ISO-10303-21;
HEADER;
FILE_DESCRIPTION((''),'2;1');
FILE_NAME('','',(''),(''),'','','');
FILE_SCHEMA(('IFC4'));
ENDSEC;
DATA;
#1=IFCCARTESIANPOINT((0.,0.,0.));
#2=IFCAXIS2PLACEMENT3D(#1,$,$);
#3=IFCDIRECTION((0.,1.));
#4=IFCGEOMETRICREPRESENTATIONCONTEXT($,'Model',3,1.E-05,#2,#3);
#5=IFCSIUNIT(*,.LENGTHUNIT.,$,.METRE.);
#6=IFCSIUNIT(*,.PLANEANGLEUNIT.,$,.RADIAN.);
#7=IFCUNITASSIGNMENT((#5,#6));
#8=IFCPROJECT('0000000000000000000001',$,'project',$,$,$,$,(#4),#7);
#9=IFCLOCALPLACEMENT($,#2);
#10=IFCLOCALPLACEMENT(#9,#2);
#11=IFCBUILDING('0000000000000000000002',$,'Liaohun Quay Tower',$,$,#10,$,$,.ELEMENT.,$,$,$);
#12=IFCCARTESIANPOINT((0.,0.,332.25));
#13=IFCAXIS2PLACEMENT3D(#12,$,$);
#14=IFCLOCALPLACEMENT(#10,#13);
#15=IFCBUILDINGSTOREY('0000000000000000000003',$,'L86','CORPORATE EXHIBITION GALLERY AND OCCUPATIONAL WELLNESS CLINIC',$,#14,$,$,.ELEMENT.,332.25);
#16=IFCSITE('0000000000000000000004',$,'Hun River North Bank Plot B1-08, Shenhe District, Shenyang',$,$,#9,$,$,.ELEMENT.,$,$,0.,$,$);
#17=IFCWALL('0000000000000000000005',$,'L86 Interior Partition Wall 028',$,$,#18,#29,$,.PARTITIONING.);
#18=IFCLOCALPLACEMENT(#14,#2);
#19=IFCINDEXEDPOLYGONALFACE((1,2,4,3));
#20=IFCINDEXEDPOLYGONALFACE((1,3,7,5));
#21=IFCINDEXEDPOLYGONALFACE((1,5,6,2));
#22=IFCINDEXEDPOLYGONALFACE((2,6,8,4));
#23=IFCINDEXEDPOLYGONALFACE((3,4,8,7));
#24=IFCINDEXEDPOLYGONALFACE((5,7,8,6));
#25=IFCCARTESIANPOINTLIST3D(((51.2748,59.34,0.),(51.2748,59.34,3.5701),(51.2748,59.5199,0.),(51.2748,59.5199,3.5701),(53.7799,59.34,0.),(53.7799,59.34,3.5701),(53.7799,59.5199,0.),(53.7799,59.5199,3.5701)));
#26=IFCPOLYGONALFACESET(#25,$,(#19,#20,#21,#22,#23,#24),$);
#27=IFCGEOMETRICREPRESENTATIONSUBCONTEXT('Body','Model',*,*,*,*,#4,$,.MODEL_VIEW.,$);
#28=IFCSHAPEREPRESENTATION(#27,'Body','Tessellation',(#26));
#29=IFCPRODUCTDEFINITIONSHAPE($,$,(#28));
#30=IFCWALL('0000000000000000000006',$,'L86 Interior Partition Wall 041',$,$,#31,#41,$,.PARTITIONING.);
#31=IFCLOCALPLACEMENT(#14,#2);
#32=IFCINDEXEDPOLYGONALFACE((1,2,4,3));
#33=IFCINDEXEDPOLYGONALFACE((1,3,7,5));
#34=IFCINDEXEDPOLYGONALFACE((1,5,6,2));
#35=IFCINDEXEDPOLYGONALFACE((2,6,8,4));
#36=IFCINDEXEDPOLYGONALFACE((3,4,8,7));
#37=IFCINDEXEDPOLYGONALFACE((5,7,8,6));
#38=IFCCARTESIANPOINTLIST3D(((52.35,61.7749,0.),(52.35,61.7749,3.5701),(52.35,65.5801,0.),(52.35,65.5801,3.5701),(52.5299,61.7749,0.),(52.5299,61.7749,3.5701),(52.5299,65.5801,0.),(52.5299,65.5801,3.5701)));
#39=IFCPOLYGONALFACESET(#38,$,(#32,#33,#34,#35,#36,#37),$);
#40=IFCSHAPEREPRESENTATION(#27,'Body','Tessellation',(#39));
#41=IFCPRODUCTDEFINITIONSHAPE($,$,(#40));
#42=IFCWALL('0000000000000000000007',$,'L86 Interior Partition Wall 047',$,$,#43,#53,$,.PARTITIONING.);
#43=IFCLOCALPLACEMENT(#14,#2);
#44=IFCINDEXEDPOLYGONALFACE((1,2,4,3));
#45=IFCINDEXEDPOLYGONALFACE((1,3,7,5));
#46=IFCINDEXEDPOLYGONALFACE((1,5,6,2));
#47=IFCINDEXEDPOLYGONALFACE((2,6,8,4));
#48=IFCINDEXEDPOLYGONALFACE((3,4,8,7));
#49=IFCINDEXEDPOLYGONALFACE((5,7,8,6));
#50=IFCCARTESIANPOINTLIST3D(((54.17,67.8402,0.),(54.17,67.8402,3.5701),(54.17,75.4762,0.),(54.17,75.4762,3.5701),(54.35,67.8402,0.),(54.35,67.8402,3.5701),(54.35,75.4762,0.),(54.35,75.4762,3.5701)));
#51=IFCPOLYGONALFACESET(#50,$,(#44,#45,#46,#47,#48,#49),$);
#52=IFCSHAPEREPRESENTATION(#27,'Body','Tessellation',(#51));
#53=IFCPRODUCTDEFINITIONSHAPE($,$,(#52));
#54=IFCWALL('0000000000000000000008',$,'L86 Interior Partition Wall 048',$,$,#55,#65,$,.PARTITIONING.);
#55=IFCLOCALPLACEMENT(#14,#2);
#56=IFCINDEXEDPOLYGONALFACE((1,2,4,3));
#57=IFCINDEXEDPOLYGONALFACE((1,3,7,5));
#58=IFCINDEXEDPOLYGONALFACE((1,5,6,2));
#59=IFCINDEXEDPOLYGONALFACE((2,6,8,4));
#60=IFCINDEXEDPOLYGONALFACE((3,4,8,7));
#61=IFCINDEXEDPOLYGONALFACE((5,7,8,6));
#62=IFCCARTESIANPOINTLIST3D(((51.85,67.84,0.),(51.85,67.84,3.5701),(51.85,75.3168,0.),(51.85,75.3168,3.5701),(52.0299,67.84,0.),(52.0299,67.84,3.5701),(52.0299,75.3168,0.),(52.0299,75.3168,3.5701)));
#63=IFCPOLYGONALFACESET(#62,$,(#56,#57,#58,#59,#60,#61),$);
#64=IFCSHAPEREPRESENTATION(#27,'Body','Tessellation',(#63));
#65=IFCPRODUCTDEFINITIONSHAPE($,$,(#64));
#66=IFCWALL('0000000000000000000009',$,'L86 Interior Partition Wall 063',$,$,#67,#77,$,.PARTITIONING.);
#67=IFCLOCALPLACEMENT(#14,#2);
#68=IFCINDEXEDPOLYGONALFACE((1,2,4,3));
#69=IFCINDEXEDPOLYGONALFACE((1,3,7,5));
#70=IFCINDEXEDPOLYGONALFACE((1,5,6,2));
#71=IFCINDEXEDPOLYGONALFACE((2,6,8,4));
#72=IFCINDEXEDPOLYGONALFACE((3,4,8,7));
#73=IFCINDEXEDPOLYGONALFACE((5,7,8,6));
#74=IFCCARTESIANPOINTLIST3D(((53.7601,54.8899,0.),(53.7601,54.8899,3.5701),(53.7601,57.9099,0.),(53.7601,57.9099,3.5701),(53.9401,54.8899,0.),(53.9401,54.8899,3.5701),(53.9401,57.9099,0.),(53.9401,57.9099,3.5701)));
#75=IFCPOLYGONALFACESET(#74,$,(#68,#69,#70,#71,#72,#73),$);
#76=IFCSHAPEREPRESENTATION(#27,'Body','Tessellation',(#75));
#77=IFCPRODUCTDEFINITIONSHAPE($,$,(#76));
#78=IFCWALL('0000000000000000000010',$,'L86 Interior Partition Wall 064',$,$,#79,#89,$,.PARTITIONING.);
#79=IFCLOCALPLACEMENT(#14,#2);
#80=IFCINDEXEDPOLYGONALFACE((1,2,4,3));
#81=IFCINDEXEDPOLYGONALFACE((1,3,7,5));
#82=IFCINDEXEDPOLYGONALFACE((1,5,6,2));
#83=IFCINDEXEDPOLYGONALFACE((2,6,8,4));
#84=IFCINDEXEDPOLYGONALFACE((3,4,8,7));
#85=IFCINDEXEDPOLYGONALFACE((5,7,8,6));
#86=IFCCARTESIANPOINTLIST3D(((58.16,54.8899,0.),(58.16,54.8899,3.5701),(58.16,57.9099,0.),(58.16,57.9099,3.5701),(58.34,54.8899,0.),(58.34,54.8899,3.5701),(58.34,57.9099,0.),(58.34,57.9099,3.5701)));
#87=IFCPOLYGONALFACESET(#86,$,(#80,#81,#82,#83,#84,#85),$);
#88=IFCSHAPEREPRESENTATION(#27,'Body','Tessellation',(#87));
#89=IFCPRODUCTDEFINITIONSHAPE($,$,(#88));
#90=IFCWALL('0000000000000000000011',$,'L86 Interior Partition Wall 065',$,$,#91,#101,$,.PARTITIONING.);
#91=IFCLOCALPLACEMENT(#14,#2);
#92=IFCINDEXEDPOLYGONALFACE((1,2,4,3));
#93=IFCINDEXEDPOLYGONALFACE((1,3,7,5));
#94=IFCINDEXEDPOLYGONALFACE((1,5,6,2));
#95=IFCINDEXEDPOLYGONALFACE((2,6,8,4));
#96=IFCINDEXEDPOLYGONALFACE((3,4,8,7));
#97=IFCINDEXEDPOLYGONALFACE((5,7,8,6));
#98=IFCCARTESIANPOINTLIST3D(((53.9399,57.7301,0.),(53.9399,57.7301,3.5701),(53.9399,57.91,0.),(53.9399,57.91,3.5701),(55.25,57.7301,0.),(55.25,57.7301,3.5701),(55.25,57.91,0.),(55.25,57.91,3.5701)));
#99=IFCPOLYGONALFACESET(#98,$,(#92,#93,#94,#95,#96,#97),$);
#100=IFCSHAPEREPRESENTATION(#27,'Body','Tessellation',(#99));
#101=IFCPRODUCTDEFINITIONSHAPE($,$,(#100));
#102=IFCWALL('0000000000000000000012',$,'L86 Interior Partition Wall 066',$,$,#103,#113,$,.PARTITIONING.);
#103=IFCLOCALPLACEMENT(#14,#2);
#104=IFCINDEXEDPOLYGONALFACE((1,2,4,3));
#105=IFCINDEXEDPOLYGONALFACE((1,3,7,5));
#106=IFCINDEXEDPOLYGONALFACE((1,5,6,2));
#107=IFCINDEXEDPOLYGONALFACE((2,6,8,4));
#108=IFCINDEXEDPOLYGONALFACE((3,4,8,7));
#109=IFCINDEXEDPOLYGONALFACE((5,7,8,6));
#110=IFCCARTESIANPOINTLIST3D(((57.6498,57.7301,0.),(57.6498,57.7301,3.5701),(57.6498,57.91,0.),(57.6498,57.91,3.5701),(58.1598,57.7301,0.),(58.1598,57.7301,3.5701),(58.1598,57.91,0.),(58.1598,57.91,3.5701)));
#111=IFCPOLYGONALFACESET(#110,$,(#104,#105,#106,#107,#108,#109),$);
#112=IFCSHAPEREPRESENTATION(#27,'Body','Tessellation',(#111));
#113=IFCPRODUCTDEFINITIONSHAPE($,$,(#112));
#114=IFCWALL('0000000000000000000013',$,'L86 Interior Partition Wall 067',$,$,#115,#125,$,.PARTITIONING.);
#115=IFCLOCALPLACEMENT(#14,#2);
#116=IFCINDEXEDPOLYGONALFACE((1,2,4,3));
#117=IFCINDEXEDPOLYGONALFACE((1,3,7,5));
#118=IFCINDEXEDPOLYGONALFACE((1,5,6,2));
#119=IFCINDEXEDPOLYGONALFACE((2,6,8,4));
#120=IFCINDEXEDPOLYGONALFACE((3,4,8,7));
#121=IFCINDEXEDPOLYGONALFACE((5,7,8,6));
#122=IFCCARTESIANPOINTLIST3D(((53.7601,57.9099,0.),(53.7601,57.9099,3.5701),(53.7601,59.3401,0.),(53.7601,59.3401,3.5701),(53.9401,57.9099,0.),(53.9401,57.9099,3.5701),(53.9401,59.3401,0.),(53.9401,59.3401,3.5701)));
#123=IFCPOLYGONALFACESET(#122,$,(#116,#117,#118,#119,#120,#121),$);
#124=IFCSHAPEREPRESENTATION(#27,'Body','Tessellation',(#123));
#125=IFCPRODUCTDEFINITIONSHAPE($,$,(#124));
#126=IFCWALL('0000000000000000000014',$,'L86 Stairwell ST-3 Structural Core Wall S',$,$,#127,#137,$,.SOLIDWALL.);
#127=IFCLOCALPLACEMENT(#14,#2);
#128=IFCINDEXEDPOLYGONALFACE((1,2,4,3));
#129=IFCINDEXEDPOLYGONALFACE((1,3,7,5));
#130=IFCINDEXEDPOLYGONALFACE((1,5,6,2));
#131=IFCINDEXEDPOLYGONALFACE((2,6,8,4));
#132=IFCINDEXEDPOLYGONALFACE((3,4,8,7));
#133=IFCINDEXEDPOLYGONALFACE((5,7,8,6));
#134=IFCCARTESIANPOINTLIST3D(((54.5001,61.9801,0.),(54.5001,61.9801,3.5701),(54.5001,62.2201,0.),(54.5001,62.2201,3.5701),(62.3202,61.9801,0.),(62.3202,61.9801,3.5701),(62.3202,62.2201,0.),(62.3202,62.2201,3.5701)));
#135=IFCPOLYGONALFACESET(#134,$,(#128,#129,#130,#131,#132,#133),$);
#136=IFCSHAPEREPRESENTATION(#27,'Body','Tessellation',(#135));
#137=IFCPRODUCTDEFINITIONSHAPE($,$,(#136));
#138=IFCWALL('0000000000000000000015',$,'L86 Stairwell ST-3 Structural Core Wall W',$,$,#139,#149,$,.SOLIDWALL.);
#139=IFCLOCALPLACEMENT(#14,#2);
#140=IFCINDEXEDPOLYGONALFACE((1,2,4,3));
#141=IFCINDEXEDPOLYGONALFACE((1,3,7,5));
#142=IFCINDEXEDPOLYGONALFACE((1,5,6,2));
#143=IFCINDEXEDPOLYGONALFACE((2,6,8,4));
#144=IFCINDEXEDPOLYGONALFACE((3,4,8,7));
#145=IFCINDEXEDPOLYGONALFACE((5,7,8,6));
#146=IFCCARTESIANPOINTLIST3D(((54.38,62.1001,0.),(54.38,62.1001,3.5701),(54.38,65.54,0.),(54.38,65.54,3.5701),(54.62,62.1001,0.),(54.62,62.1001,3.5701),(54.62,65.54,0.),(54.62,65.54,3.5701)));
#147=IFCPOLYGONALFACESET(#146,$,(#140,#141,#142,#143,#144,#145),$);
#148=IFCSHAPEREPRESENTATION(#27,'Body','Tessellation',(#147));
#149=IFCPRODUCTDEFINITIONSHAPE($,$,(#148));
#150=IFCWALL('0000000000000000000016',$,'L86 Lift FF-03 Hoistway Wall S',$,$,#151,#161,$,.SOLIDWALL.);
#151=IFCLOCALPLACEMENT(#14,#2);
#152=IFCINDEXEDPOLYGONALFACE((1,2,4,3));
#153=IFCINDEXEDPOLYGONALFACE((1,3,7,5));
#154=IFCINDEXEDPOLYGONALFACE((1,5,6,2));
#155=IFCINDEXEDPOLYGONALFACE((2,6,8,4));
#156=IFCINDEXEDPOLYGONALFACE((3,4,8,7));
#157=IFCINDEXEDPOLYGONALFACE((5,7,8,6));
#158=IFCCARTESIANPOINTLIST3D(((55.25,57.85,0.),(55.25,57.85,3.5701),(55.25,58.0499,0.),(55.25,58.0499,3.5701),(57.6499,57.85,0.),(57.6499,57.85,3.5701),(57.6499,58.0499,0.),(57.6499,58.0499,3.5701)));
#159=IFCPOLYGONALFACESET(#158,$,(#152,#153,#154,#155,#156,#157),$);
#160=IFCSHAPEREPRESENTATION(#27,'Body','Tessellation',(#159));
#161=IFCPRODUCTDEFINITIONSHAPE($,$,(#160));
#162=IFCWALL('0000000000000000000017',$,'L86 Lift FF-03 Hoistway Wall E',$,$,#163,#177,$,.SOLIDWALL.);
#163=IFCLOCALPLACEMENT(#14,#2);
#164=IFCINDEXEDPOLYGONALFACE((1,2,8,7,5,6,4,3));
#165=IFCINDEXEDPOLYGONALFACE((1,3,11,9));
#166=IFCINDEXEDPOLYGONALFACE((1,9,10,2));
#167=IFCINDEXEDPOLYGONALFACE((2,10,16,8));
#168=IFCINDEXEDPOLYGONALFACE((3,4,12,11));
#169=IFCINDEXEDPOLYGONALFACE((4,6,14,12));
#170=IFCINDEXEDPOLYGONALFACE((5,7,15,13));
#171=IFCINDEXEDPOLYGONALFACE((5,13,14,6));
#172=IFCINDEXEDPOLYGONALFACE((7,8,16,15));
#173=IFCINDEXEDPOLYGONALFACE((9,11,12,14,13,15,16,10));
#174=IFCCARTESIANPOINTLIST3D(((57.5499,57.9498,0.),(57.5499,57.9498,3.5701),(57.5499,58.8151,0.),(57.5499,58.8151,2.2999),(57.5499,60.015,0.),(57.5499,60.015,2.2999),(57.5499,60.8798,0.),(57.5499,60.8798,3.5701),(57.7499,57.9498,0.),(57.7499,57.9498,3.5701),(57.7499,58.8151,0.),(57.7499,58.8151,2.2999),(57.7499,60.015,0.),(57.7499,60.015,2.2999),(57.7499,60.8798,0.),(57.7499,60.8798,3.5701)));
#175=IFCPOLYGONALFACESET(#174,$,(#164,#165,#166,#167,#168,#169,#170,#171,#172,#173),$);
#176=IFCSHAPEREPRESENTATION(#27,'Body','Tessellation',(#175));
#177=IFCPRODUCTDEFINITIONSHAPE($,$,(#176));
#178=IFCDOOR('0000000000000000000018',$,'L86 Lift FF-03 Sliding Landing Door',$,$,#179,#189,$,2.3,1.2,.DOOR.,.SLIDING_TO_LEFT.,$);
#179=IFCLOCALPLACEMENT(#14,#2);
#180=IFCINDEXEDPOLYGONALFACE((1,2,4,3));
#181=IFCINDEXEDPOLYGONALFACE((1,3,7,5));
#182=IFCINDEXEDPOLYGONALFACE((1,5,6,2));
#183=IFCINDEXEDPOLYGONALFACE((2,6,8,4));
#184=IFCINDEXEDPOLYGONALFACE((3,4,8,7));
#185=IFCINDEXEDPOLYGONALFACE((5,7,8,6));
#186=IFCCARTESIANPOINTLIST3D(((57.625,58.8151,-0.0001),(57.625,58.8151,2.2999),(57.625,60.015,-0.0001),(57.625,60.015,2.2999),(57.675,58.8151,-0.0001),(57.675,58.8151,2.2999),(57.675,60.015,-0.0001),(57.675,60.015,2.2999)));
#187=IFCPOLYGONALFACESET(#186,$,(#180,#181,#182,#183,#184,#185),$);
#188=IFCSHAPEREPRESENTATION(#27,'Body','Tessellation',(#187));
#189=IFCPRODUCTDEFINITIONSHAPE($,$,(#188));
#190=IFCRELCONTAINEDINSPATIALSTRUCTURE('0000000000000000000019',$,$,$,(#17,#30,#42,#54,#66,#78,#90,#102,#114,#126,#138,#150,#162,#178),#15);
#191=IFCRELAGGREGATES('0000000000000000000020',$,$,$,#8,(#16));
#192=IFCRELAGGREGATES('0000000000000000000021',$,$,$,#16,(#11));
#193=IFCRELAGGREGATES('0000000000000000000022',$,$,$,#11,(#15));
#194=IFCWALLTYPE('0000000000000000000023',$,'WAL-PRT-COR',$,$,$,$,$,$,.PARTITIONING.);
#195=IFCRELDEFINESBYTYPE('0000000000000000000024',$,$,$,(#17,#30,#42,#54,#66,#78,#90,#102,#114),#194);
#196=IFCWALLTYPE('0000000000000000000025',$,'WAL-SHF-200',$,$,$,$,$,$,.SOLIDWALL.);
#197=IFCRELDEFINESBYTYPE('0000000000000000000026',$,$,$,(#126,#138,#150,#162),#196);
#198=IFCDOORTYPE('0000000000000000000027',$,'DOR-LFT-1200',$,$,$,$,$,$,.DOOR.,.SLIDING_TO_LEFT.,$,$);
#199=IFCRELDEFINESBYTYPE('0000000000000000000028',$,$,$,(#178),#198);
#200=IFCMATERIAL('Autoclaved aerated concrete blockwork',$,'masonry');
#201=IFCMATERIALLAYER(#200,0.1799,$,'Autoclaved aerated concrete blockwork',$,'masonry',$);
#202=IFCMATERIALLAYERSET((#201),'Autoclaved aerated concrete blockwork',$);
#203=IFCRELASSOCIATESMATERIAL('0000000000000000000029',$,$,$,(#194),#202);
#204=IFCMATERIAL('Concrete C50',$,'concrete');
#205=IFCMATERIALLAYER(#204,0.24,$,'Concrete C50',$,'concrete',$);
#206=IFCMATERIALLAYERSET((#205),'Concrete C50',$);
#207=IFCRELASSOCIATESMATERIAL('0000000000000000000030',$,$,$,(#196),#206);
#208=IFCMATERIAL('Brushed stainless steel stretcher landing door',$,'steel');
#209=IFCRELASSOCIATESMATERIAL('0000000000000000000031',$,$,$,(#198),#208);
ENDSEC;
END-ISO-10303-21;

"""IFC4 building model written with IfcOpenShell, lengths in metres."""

from ifc_helpers import new_model, si_unit, direction, frame, frame_2d, origin, place, context, subcontext, project, spatial, rectangle, extrude, source, transform, mapped, material, layer, layer_set, type_object, element, fill, save


model = new_model("IFC4")

# Units and contexts
model_context = context("Model", 3, precision=1e-05, world=origin(), true_north=direction((0.0, 1.0)))
body_context = subcontext(model_context, "Body", "Model", "MODEL_VIEW")
ifc_project = project(units=[si_unit("LENGTHUNIT", "METRE"), si_unit("PLANEANGLEUNIT", "RADIAN")], contexts=[model_context])

# Site, building, storey
site_placement = place(None, origin())
site = spatial("IfcSite", under=ifc_project, at=site_placement, Name="Hun River North Bank Plot B1-08, Shenhe District, Shenyang", CompositionType="ELEMENT", RefElevation=0.0)
building_placement = place(site_placement, origin())
building = spatial("IfcBuilding", under=site, at=building_placement, Name="Liaohun Quay Tower", CompositionType="ELEMENT")
storey_placement = place(building_placement, frame((0.0, 0.0, 332.25)))
storey = spatial("IfcBuildingStorey", under=building, at=storey_placement, Name="L86", Description="CORPORATE EXHIBITION GALLERY AND OCCUPATIONAL WELLNESS CLINIC", CompositionType="ELEMENT", Elevation=332.25)

# Shared definitions
ifc_material_1 = material(Name="Concrete C50", Category="concrete")

# Shared definitions
ifc_material_2 = material(Name="Autoclaved aerated concrete blockwork", Category="masonry")
ifc_layer_1 = layer(ifc_material_2, 0.1799, Name="Autoclaved aerated concrete blockwork", Category="masonry")
ifc_layer_set_1 = layer_set([ifc_layer_1], Name="Autoclaved aerated concrete blockwork")
wall_type_1 = type_object("IfcWallType", Name="WAL-PRT-COR", PredefinedType="PARTITIONING", material=ifc_layer_set_1)

# Walls
wall_1_placement = place(storey_placement, frame((51.2749, 59.4299, 0.0), z_axis=(0.0, 0.0, 1.0), x_axis=(1.0, 0.0, 0.0)))
element("IfcWall", 1, at=wall_1_placement, inside=storey, type_object=wall_type_1, Name="L86 Interior Partition Wall 028", PredefinedType="PARTITIONING", context=body_context, shape_type="SweptSolid", body=[
    extrude(rectangle(XDim=2.5051, YDim=0.1799, at=frame_2d((1.2524, 0.0))), origin(), (0.0, 0.0, 1.0), 3.5701),
])
wall_2_placement = place(storey_placement, frame((52.4399, 61.7749, 0.0), z_axis=(0.0, 0.0, 1.0), x_axis=(0.0, 1.0, 0.0)))
element("IfcWall", 2, at=wall_2_placement, inside=storey, type_object=wall_type_1, Name="L86 Interior Partition Wall 041", PredefinedType="PARTITIONING", context=body_context, shape_type="SweptSolid", body=[
    extrude(rectangle(XDim=3.8052, YDim=0.1799, at=frame_2d((1.9026, 0.0))), origin(), (0.0, 0.0, 1.0), 3.5701),
])
wall_3_placement = place(storey_placement, frame((54.26, 75.4761, 0.0), z_axis=(0.0, 0.0, 1.0), x_axis=(0.0, -1.0, 0.0)))
element("IfcWall", 3, at=wall_3_placement, inside=storey, type_object=wall_type_1, Name="L86 Interior Partition Wall 047", PredefinedType="PARTITIONING", context=body_context, shape_type="SweptSolid", body=[
    extrude(rectangle(XDim=7.636, YDim=0.1799, at=frame_2d((3.8179, 0.0))), origin(), (0.0, 0.0, 1.0), 3.5701),
])
wall_4_placement = place(storey_placement, frame((51.9399, 67.8401, 0.0), z_axis=(0.0, 0.0, 1.0), x_axis=(0.0, 1.0, 0.0)))
element("IfcWall", 4, at=wall_4_placement, inside=storey, type_object=wall_type_1, Name="L86 Interior Partition Wall 048", PredefinedType="PARTITIONING", context=body_context, shape_type="SweptSolid", body=[
    extrude(rectangle(XDim=7.4768, YDim=0.1799, at=frame_2d((3.7383, 0.0))), origin(), (0.0, 0.0, 1.0), 3.5701),
])
for number, where, z_axis, x_axis, name in (
    (5, (53.8501, 54.8899, 0.0), (0.0, 0.0, 1.0), (0.0, 1.0, 0.0), "L86 Interior Partition Wall 063"),
    (6, (58.25, 54.8899, 0.0), (0.0, 0.0, 1.0), (0.0, 1.0, 0.0), "L86 Interior Partition Wall 064"),
):
    element("IfcWall", number, at=place(storey_placement, frame(where, z_axis=z_axis, x_axis=x_axis)), inside=storey, type_object=wall_type_1, Name=name, PredefinedType="PARTITIONING", context=body_context, shape_type="SweptSolid", body=[
        extrude(rectangle(XDim=3.02, YDim=0.1799, at=frame_2d((1.51, 0.0))), origin(), (0.0, 0.0, 1.0), 3.5701),
    ])
wall_5_placement = place(storey_placement, frame((53.9399, 57.8201, 0.0), z_axis=(0.0, 0.0, 1.0), x_axis=(1.0, 0.0, 0.0)))
element("IfcWall", 7, at=wall_5_placement, inside=storey, type_object=wall_type_1, Name="L86 Interior Partition Wall 065", PredefinedType="PARTITIONING", context=body_context, shape_type="SweptSolid", body=[
    extrude(rectangle(XDim=1.3101, YDim=0.1799, at=frame_2d((0.655, 0.0))), origin(), (0.0, 0.0, 1.0), 3.5701),
])
wall_6_placement = place(storey_placement, frame((57.6499, 57.8201, 0.0), z_axis=(0.0, 0.0, 1.0), x_axis=(1.0, 0.0, 0.0)))
element("IfcWall", 8, at=wall_6_placement, inside=storey, type_object=wall_type_1, Name="L86 Interior Partition Wall 066", PredefinedType="PARTITIONING", context=body_context, shape_type="SweptSolid", body=[
    extrude(rectangle(XDim=0.51, YDim=0.1799, at=frame_2d((0.2549, 0.0))), origin(), (0.0, 0.0, 1.0), 3.5701),
])
wall_7_placement = place(storey_placement, frame((53.8501, 57.9099, 0.0), z_axis=(0.0, 0.0, 1.0), x_axis=(0.0, 1.0, 0.0)))
element("IfcWall", 9, at=wall_7_placement, inside=storey, type_object=wall_type_1, Name="L86 Interior Partition Wall 067", PredefinedType="PARTITIONING", context=body_context, shape_type="SweptSolid", body=[
    extrude(rectangle(XDim=1.4302, YDim=0.1799, at=frame_2d((0.7151, 0.0))), origin(), (0.0, 0.0, 1.0), 3.5701),
])
ifc_layer_2 = layer(ifc_material_1, 0.24, Name="Concrete C50", Category="concrete")
ifc_layer_set_2 = layer_set([ifc_layer_2], Name="Concrete C50")
wall_type_2 = type_object("IfcWallType", Name="WAL-SHF-200", PredefinedType="SOLIDWALL", material=ifc_layer_set_2)
wall_8_placement = place(storey_placement, frame((54.5, 62.1001, 0.0), z_axis=(0.0, 0.0, 1.0), x_axis=(1.0, 0.0, 0.0)))
element("IfcWall", 10, at=wall_8_placement, inside=storey, type_object=wall_type_2, Name="L86 Stairwell ST-3 Structural Core Wall S", PredefinedType="SOLIDWALL", context=body_context, shape_type="SweptSolid", body=[
    extrude(rectangle(XDim=7.8201, YDim=0.24, at=frame_2d((3.9102, 0.0))), origin(), (0.0, 0.0, 1.0), 3.5701),
])
wall_9_placement = place(storey_placement, frame((54.5, 65.54, 0.0), z_axis=(0.0, 0.0, 1.0), x_axis=(0.0, -1.0, 0.0)))
element("IfcWall", 11, at=wall_9_placement, inside=storey, type_object=wall_type_2, Name="L86 Stairwell ST-3 Structural Core Wall W", PredefinedType="SOLIDWALL", context=body_context, shape_type="SweptSolid", body=[
    extrude(rectangle(XDim=3.4399, YDim=0.24, at=frame_2d((1.72, 0.0))), origin(), (0.0, 0.0, 1.0), 3.5701),
])
wall_10_placement = place(storey_placement, frame((55.25, 57.95, 0.0), z_axis=(0.0, 0.0, 1.0), x_axis=(1.0, 0.0, 0.0)))
element("IfcWall", 12, at=wall_10_placement, inside=storey, type_object=wall_type_2, Name="L86 Lift FF-03 Hoistway Wall S", PredefinedType="SOLIDWALL", context=body_context, shape_type="SweptSolid", body=[
    extrude(rectangle(XDim=2.3999, YDim=0.2, at=frame_2d((1.2, 0.0))), origin(), (0.0, 0.0, 1.0), 3.5701),
])

# Wall, opening, door
wall_11_placement = place(storey_placement, frame((57.6499, 57.95, 0.0), z_axis=(0.0, 0.0, 1.0), x_axis=(0.0, 1.0, 0.0)))
wall_11 = element("IfcWall", 13, at=wall_11_placement, inside=storey, type_object=wall_type_2, Name="L86 Lift FF-03 Hoistway Wall E", PredefinedType="SOLIDWALL", context=body_context, shape_type="SweptSolid", body=[
    extrude(rectangle(XDim=2.9299, YDim=0.2, at=frame_2d((1.4648, 0.0))), origin(), (0.0, 0.0, 1.0), 3.5701),
])
shared_shape_1 = source(origin(), body_context, "Body", "SweptSolid", [
    extrude(rectangle(XDim=1.2, YDim=2.3, at=frame_2d((0.6001, 1.1499))), frame((0.0, 0.1099, 0.0), z_axis=(0.0, -1.0, 0.0), x_axis=(1.0, 0.0, 0.0)), (0.0, 0.0, 1.0), 0.22),
])
opening_1_placement = place(wall_11_placement, frame((0.865, 0.0, 0.0)))
opening_1 = element("IfcOpeningElement", 14, at=opening_1_placement, cuts=wall_11, PredefinedType="OPENING", context=body_context, shape_type="MappedRepresentation", body=[
    mapped(shared_shape_1, transform((0.0, 0.0, 0.0), x_axis=(1.0, 0.0, 0.0), y_axis=(0.0, 1.0, 0.0), z_axis=(0.0, 0.0, 1.0), scale=1.0)),
])
ifc_material_3 = material(Name="Brushed stainless steel stretcher landing door", Category="steel")
door_type_1 = type_object("IfcDoorType", Name="DOR-LFT-1200", OperationType="SLIDING_TO_LEFT", PredefinedType="DOOR", material=ifc_material_3)
shared_shape_2 = source(origin(), body_context, "Body", "SweptSolid", [
    extrude(rectangle(XDim=1.2, YDim=2.3, at=frame_2d((0.6001, 1.1499))), frame((0.0, 0.0249, 0.0), z_axis=(0.0, -1.0, 0.0), x_axis=(1.0, 0.0, 0.0)), (0.0, 0.0, 1.0), 0.05),
])
door_1_placement = place(opening_1_placement, origin())
door_1 = element("IfcDoor", 15, at=door_1_placement, inside=storey, type_object=door_type_1, Name="L86 Lift FF-03 Sliding Landing Door", OperationType="SLIDING_TO_LEFT", OverallHeight=2.3, OverallWidth=1.2, PredefinedType="DOOR", context=body_context, shape_type="MappedRepresentation", body=[
    mapped(shared_shape_2, transform((0.0, 0.0, 0.0), x_axis=(1.0, 0.0, 0.0), y_axis=(0.0, 1.0, 0.0), z_axis=(0.0, 0.0, 1.0), scale=1.0)),
])
fill(opening_1, door_1)

save(model, "model.ifc")
